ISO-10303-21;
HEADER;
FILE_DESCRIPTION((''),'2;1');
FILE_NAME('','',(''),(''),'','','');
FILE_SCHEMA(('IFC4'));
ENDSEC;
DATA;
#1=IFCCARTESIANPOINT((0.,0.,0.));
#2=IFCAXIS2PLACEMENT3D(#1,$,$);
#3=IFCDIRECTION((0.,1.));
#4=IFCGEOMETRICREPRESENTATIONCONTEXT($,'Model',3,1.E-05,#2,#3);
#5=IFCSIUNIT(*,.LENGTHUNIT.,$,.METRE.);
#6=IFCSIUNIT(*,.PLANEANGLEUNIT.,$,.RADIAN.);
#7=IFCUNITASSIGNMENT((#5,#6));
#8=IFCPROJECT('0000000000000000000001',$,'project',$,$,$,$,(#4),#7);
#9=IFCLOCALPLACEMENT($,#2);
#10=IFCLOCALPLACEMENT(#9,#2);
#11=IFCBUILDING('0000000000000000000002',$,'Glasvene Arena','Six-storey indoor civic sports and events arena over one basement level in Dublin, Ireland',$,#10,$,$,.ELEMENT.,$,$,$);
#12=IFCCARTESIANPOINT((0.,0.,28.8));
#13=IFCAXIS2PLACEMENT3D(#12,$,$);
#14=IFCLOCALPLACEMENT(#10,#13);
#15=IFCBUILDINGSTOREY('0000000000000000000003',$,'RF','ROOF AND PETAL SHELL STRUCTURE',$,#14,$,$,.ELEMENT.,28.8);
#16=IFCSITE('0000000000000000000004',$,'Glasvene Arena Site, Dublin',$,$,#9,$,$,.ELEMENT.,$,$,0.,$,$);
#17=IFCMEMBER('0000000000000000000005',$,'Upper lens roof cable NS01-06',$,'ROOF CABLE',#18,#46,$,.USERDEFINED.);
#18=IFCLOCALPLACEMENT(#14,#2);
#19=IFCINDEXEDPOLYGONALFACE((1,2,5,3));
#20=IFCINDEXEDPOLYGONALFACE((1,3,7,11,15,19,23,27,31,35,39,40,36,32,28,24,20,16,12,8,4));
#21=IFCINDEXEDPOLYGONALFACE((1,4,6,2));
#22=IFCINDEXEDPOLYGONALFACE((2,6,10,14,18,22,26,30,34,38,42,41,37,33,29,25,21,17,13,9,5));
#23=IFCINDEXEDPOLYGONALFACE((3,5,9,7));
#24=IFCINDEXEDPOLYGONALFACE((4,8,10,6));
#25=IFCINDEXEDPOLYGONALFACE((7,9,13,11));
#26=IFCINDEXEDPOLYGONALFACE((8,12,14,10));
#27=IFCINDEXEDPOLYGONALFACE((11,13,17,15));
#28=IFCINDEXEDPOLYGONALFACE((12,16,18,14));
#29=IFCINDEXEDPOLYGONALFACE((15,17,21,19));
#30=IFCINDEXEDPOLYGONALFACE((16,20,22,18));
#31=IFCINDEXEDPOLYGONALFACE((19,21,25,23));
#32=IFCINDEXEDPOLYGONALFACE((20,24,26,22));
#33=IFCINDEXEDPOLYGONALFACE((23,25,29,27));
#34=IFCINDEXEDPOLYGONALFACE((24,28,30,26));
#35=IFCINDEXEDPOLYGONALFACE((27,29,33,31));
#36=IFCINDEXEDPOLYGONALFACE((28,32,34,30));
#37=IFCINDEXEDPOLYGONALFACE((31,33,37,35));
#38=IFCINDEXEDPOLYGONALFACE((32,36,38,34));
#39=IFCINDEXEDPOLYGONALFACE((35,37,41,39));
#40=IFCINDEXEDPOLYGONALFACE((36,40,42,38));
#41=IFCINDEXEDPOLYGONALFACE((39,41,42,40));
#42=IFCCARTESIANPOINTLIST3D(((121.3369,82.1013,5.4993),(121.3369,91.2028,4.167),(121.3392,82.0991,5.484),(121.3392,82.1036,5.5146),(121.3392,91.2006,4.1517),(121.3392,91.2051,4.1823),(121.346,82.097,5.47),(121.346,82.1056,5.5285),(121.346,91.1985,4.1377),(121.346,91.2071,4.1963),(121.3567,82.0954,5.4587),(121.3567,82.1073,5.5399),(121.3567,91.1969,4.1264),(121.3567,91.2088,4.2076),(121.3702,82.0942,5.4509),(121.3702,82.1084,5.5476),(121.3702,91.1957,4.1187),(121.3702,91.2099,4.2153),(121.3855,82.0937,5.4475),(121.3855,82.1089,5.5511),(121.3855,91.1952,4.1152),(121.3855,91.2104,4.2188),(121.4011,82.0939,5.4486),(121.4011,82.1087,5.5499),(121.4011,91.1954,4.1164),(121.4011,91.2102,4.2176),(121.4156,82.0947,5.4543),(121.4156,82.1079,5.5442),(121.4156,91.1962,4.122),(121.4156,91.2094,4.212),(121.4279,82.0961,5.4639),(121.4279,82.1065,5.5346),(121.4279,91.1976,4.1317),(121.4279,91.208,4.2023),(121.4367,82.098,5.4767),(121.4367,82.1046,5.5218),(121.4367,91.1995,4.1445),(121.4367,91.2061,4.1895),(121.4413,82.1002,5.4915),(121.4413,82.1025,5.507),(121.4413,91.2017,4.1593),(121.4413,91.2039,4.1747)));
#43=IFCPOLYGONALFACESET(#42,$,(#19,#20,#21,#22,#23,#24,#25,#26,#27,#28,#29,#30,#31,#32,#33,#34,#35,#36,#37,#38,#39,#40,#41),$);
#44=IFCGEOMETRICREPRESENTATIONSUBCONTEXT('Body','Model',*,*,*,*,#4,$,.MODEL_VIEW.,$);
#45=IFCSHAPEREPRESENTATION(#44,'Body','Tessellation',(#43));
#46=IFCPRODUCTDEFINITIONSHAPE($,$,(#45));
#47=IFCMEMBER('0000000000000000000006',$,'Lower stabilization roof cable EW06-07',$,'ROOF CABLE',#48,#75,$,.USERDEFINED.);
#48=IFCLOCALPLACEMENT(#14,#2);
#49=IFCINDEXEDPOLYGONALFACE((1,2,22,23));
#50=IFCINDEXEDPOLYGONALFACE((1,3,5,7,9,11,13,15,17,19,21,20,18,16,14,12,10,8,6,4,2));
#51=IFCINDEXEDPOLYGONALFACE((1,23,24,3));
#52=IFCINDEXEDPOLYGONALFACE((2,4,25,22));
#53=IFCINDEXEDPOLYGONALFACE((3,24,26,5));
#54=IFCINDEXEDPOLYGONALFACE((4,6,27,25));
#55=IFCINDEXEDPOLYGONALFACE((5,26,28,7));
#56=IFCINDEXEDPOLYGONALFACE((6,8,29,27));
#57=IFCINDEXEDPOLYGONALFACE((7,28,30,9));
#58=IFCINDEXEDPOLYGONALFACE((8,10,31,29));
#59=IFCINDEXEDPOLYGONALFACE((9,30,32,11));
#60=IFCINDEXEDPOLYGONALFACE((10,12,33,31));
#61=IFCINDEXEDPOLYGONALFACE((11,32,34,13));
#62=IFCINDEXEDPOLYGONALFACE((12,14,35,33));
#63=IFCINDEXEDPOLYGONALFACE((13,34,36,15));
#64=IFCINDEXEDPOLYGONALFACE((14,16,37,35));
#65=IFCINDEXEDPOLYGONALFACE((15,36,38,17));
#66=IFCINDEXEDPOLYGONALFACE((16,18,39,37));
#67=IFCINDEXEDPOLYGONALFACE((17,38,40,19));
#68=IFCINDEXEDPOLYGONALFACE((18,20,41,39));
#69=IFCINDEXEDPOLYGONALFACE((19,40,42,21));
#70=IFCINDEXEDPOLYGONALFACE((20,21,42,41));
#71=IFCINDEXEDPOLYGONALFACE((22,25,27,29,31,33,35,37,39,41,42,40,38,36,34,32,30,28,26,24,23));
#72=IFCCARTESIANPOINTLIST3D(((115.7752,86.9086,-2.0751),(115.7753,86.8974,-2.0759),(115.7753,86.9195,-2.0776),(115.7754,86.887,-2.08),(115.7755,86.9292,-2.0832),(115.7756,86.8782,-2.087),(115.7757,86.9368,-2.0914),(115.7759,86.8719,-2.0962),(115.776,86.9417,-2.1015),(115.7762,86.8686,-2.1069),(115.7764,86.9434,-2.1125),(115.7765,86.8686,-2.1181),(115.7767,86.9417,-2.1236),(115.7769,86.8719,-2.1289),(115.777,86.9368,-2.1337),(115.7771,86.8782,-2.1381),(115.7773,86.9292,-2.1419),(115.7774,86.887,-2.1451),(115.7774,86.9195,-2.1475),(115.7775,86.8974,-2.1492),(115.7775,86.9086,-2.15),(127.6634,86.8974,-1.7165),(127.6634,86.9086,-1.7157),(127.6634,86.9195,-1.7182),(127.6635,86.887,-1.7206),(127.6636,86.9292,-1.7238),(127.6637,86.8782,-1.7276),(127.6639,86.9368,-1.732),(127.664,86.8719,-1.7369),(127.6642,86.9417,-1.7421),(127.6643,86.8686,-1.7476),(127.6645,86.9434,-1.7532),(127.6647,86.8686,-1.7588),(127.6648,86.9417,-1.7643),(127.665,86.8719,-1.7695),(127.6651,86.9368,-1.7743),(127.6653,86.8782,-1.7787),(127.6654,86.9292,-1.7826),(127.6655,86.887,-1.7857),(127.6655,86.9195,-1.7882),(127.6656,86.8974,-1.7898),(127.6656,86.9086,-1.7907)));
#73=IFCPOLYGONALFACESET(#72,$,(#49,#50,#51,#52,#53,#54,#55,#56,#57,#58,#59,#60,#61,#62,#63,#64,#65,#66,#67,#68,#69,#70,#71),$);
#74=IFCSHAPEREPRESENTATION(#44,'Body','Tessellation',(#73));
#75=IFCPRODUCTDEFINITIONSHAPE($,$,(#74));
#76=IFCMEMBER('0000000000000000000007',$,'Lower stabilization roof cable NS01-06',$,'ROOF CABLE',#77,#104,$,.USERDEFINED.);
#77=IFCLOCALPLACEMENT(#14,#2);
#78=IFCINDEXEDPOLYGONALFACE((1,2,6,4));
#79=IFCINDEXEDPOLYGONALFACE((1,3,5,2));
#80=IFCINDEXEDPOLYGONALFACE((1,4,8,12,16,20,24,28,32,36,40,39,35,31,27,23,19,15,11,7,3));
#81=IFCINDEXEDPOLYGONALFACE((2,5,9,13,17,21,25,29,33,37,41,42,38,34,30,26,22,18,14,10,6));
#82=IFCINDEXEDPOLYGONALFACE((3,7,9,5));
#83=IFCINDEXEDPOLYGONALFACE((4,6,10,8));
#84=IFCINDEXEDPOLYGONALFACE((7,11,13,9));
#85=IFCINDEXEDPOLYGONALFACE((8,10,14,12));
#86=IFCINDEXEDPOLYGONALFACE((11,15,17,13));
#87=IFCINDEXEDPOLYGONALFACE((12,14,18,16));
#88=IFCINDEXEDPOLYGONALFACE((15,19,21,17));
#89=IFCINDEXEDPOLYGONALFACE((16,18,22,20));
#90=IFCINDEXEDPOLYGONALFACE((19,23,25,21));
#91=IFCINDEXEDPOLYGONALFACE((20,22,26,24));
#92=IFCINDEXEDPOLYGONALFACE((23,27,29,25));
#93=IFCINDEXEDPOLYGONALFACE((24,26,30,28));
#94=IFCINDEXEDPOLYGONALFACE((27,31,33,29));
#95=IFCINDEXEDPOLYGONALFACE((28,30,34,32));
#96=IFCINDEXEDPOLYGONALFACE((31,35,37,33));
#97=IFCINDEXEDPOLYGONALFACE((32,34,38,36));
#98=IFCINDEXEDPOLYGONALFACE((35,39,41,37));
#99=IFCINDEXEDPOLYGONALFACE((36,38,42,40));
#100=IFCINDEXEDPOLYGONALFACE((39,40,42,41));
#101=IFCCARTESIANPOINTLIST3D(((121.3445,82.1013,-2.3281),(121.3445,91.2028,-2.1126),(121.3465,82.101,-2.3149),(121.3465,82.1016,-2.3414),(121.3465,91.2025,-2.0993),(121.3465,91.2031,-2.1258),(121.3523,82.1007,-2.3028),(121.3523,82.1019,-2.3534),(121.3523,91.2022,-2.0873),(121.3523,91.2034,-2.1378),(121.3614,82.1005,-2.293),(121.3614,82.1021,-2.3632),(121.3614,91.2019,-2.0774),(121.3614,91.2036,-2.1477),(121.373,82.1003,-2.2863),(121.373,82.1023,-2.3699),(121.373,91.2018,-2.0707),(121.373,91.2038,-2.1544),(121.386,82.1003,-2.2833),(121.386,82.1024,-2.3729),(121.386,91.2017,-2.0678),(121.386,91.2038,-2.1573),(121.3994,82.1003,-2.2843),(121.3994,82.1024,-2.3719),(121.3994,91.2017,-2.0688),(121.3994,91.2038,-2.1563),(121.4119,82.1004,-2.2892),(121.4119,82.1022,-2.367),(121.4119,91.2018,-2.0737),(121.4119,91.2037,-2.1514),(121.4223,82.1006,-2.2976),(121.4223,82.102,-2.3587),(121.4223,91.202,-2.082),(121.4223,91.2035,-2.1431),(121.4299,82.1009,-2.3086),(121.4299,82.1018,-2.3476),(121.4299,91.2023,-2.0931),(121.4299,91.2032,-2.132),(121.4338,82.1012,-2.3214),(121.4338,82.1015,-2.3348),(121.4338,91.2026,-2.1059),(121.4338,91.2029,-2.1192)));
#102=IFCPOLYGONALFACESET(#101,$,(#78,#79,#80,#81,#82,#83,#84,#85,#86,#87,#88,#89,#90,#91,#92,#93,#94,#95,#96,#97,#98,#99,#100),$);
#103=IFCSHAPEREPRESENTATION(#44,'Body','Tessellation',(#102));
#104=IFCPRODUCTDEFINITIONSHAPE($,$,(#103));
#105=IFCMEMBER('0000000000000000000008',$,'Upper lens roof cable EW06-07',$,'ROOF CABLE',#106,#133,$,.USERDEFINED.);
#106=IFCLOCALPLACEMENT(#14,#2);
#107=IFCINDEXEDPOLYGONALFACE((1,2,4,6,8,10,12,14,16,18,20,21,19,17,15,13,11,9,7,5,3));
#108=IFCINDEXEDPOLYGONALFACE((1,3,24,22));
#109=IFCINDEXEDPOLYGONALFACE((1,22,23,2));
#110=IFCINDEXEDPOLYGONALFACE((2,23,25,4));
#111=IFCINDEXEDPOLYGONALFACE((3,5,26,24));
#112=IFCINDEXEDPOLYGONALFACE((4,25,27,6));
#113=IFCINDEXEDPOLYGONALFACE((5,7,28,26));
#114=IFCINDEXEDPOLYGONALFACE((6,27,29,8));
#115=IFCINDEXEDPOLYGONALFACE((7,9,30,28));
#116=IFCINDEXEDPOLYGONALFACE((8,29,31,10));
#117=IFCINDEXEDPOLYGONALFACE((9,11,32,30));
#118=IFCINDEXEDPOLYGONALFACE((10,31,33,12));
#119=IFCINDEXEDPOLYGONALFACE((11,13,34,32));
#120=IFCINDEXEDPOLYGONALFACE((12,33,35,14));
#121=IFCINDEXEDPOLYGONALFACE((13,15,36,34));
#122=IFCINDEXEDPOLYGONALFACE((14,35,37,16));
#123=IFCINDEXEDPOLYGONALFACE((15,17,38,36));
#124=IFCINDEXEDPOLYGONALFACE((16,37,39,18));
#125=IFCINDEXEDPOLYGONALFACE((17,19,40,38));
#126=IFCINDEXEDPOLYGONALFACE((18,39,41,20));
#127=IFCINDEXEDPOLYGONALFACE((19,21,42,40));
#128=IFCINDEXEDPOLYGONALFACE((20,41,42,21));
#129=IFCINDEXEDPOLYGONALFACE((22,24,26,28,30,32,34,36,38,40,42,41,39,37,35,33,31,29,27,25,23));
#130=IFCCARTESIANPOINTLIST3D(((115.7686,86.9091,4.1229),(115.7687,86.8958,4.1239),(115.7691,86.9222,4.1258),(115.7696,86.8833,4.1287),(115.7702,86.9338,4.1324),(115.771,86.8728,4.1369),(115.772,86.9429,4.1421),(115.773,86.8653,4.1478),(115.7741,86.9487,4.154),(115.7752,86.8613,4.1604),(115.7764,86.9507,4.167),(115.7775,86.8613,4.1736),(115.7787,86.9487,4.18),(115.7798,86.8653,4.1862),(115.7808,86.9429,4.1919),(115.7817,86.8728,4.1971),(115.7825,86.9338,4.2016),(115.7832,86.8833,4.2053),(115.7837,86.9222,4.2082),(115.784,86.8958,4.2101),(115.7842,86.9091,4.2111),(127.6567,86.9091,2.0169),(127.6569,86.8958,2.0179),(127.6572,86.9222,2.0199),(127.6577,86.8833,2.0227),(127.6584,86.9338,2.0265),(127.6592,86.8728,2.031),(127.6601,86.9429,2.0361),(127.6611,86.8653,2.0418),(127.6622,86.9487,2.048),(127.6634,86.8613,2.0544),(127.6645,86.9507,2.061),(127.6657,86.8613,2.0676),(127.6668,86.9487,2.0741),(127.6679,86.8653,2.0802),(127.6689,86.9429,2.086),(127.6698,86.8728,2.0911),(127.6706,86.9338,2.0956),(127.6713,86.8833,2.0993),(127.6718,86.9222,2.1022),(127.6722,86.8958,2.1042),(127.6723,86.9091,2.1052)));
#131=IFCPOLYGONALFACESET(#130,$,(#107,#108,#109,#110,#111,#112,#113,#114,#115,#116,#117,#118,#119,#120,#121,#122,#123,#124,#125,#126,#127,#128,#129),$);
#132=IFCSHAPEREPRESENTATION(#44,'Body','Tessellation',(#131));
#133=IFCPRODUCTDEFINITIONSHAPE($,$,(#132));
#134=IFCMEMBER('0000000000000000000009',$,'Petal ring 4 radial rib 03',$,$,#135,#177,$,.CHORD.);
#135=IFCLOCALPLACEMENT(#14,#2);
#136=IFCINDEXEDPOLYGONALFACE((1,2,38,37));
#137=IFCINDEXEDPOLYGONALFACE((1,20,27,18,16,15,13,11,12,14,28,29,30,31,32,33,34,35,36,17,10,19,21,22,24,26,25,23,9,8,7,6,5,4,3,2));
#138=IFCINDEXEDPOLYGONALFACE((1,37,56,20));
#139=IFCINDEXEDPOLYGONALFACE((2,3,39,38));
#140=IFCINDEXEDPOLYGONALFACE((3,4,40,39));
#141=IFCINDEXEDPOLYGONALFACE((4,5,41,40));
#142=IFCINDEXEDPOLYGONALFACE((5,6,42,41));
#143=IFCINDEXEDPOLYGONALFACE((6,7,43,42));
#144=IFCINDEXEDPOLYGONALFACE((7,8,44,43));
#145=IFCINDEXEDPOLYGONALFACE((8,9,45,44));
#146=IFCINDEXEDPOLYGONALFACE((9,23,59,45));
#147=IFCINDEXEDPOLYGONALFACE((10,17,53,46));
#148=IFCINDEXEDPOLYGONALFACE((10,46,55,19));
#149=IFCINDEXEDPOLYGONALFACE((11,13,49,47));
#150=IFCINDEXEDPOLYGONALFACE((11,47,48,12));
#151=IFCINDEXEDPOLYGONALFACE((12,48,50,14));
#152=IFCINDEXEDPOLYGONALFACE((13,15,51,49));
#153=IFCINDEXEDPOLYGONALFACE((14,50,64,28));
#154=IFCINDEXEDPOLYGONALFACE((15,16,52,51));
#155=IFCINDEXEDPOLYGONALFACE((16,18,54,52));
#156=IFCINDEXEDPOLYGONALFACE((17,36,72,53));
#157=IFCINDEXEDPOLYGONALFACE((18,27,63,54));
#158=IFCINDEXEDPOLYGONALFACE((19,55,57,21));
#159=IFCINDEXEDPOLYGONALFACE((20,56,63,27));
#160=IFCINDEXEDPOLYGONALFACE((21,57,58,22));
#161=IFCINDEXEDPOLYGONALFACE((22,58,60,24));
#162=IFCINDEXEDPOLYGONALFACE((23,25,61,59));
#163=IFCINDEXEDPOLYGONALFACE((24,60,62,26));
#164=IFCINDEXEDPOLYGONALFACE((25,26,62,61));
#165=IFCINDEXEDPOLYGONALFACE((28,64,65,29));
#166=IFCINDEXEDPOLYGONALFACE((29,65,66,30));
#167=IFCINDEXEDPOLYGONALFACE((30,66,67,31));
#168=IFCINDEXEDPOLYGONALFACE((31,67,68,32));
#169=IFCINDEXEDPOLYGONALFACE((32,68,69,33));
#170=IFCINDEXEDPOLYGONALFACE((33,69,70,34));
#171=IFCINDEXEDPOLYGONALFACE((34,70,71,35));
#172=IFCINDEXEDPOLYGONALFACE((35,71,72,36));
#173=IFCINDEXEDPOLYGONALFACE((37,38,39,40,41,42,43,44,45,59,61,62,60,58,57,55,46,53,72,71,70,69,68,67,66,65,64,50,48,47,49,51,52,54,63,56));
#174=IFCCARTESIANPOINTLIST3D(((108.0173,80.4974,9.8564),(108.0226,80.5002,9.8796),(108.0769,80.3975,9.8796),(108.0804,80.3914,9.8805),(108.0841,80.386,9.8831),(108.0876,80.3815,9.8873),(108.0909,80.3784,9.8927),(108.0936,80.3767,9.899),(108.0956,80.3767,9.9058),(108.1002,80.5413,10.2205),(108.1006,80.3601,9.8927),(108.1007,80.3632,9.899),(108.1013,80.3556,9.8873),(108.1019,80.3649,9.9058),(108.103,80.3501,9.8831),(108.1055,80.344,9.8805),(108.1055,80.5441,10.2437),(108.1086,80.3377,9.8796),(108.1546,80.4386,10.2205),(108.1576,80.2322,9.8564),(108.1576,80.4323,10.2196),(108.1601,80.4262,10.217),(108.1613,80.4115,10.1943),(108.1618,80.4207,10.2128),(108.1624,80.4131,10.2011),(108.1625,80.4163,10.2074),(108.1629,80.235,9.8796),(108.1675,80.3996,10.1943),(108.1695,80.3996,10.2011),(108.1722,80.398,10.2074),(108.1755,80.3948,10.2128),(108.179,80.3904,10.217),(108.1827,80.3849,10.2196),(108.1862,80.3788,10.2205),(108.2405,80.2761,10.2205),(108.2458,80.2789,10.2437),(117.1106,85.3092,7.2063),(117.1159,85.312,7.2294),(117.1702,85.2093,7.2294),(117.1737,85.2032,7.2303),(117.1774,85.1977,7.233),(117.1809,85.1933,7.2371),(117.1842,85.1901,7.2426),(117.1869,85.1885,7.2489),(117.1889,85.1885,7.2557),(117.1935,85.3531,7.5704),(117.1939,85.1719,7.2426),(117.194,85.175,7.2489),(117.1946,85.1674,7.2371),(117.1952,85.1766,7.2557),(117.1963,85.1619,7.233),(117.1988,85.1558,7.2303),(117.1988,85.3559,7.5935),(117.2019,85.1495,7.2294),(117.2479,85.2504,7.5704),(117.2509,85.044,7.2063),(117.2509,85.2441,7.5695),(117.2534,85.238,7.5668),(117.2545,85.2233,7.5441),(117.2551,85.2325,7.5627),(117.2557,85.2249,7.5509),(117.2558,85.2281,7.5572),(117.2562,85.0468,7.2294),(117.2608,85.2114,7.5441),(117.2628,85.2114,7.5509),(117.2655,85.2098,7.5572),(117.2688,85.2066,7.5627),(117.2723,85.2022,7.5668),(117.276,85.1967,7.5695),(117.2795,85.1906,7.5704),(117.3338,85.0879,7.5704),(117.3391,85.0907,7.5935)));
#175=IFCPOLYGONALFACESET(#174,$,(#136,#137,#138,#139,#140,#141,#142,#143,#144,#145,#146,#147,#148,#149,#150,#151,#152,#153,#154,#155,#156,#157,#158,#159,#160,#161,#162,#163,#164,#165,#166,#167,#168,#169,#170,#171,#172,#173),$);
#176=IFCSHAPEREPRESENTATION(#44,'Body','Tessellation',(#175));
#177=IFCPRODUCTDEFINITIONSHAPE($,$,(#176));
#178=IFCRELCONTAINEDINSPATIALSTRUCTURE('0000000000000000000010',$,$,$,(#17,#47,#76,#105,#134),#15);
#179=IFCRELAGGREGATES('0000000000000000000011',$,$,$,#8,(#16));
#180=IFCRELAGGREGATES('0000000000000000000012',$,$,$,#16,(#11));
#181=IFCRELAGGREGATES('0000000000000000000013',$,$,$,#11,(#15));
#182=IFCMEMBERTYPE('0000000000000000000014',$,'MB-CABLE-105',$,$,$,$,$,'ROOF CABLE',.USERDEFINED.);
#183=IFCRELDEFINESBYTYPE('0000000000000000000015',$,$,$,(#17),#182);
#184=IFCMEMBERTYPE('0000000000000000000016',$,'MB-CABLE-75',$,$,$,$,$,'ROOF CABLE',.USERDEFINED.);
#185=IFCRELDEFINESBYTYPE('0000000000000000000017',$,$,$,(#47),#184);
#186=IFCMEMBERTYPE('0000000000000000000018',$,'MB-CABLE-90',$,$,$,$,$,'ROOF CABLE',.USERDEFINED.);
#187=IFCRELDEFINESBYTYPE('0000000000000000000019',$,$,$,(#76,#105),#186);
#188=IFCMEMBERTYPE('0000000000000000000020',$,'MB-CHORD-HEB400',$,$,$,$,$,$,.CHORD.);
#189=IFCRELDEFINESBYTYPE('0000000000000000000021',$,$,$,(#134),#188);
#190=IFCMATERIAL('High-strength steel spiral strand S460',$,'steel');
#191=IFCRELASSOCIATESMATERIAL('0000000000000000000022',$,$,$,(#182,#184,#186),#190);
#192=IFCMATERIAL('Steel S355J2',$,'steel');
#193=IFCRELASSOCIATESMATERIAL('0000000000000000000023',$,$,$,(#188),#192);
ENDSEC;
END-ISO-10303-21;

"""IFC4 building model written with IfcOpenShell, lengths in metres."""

from ifc_helpers import new_model, si_unit, direction, frame, origin, origin_2d, place, context, subcontext, project, spatial, circle, i_section, extrude, material, material_profile, profile_set, type_object, element, save


model = new_model("IFC4")

# Units and contexts
model_context = context("Model", 3, precision=1e-05, world=origin(), true_north=direction((0.0, 1.0)))
body_context = subcontext(model_context, "Body", "Model", "MODEL_VIEW")
ifc_project = project(units=[si_unit("LENGTHUNIT", "METRE"), si_unit("PLANEANGLEUNIT", "RADIAN")], contexts=[model_context])

# Site, building, storey
site_placement = place(None, origin())
site = spatial("IfcSite", under=ifc_project, at=site_placement, Name="Glasvene Arena Site, Dublin", CompositionType="ELEMENT", RefElevation=0.0)
building_placement = place(site_placement, origin())
building = spatial("IfcBuilding", under=site, at=building_placement, Name="Glasvene Arena", Description="Six-storey indoor civic sports and events arena over one basement level in Dublin, Ireland", CompositionType="ELEMENT")
storey_placement = place(building_placement, frame((0.0, 0.0, 28.8)))
storey = spatial("IfcBuildingStorey", under=building, at=storey_placement, Name="RF", Description="ROOF AND PETAL SHELL STRUCTURE", CompositionType="ELEMENT", Elevation=28.8)

# Members
ifc_material_1 = material(Name="High-strength steel spiral strand S460", Category="steel")
ifc_material_profile_1 = material_profile(ifc_material_1, circle(Radius=0.0525, at=origin_2d()), Name="LCSS D105")
ifc_profile_set_1 = profile_set([ifc_material_profile_1], Name="High-strength steel spiral strand S460")
member_type_1 = type_object("IfcMemberType", Name="MB-CABLE-105", ElementType="ROOF CABLE", PredefinedType="USERDEFINED", material=ifc_profile_set_1)
member_1_placement = place(storey_placement, frame((121.3894, 82.1013, 5.4993), z_axis=(0.0, 0.989456, -0.144835), x_axis=(-1.0, 0.0, 0.0)))
element("IfcMember", 1, at=member_1_placement, inside=storey, type_object=member_type_1, Name="Upper lens roof cable NS01-06", ObjectType="ROOF CABLE", PredefinedType="USERDEFINED", context=body_context, shape_type="SweptSolid", body=[
    extrude(circle(Radius=0.0525, at=origin_2d()), origin(), (0.0, 0.0, 1.0), 9.1985),
])
ifc_material_profile_2 = material_profile(ifc_material_1, circle(Radius=0.0376, at=origin_2d()), Name="LCSS D75")
ifc_profile_set_2 = profile_set([ifc_material_profile_2], Name="High-strength steel spiral strand S460")
member_type_2 = type_object("IfcMemberType", Name="MB-CABLE-75", ElementType="ROOF CABLE", PredefinedType="USERDEFINED", material=ifc_profile_set_2)
member_2_placement = place(storey_placement, frame((115.7764, 86.9058, -2.1125), z_axis=(0.999543, 0.0, 0.030216), x_axis=(0.0, 1.0, 0.0)))
element("IfcMember", 2, at=member_2_placement, inside=storey, type_object=member_type_2, Name="Lower stabilization roof cable EW06-07", ObjectType="ROOF CABLE", PredefinedType="USERDEFINED", context=body_context, shape_type="SweptSolid", body=[
    extrude(circle(Radius=0.0376, at=origin_2d()), origin(), (0.0, 0.0, 1.0), 11.8936),
])
ifc_material_profile_3 = material_profile(ifc_material_1, circle(Radius=0.0449, at=origin_2d()), Name="LCSS D90")
ifc_profile_set_3 = profile_set([ifc_material_profile_3], Name="High-strength steel spiral strand S460")
member_type_3 = type_object("IfcMemberType", Name="MB-CABLE-90", ElementType="ROOF CABLE", PredefinedType="USERDEFINED", material=ifc_profile_set_3)
member_3_placement = place(storey_placement, frame((121.3894, 82.1013, -2.3281), z_axis=(0.0, 0.99972, 0.023679), x_axis=(-1.0, 0.0, 0.0)))
element("IfcMember", 3, at=member_3_placement, inside=storey, type_object=member_type_3, Name="Lower stabilization roof cable NS01-06", ObjectType="ROOF CABLE", PredefinedType="USERDEFINED", context=body_context, shape_type="SweptSolid", body=[
    extrude(circle(Radius=0.0449, at=origin_2d()), origin(), (0.0, 0.0, 1.0), 9.104),
])
member_4_placement = place(storey_placement, frame((115.7764, 86.9058, 4.167), z_axis=(0.984669, 0.0, -0.174431), x_axis=(0.0, 1.0, 0.0)))
element("IfcMember", 4, at=member_4_placement, inside=storey, type_object=member_type_3, Name="Upper lens roof cable EW06-07", ObjectType="ROOF CABLE", PredefinedType="USERDEFINED", context=body_context, shape_type="SweptSolid", body=[
    extrude(circle(Radius=0.0449, at=origin_2d()), origin(), (0.0, 0.0, 1.0), 12.0732),
])
ifc_material_2 = material(Name="Steel S355J2", Category="steel")
ifc_material_profile_4 = material_profile(ifc_material_2, i_section(OverallWidth=0.3, OverallDepth=0.3999, WebThickness=0.0134, FlangeThickness=0.0239, FilletRadius=0.0271, at=origin_2d()), Name="HEB 400")
ifc_profile_set_4 = profile_set([ifc_material_profile_4], Name="Steel S355J2")
member_type_4 = type_object("IfcMemberType", Name="MB-CHORD-HEB400", PredefinedType="CHORD", material=ifc_profile_set_4)
member_5_placement = place(storey_placement, frame((117.2249, 85.2, 7.3999), z_axis=(-0.855938, -0.452926, 0.249455), x_axis=(0.467712, -0.883881, 0.0)))
element("IfcMember", 5, at=member_5_placement, inside=storey, type_object=member_type_4, Name="Petal ring 4 radial rib 03", PredefinedType="CHORD", context=body_context, shape_type="SweptSolid", body=[
    extrude(i_section(OverallWidth=0.3, OverallDepth=0.3999, WebThickness=0.0134, FlangeThickness=0.0239, FilletRadius=0.0271, at=origin_2d()), origin(), (0.0, 0.0, 1.0), 10.6238),
])

save(model, "model.ifc")
